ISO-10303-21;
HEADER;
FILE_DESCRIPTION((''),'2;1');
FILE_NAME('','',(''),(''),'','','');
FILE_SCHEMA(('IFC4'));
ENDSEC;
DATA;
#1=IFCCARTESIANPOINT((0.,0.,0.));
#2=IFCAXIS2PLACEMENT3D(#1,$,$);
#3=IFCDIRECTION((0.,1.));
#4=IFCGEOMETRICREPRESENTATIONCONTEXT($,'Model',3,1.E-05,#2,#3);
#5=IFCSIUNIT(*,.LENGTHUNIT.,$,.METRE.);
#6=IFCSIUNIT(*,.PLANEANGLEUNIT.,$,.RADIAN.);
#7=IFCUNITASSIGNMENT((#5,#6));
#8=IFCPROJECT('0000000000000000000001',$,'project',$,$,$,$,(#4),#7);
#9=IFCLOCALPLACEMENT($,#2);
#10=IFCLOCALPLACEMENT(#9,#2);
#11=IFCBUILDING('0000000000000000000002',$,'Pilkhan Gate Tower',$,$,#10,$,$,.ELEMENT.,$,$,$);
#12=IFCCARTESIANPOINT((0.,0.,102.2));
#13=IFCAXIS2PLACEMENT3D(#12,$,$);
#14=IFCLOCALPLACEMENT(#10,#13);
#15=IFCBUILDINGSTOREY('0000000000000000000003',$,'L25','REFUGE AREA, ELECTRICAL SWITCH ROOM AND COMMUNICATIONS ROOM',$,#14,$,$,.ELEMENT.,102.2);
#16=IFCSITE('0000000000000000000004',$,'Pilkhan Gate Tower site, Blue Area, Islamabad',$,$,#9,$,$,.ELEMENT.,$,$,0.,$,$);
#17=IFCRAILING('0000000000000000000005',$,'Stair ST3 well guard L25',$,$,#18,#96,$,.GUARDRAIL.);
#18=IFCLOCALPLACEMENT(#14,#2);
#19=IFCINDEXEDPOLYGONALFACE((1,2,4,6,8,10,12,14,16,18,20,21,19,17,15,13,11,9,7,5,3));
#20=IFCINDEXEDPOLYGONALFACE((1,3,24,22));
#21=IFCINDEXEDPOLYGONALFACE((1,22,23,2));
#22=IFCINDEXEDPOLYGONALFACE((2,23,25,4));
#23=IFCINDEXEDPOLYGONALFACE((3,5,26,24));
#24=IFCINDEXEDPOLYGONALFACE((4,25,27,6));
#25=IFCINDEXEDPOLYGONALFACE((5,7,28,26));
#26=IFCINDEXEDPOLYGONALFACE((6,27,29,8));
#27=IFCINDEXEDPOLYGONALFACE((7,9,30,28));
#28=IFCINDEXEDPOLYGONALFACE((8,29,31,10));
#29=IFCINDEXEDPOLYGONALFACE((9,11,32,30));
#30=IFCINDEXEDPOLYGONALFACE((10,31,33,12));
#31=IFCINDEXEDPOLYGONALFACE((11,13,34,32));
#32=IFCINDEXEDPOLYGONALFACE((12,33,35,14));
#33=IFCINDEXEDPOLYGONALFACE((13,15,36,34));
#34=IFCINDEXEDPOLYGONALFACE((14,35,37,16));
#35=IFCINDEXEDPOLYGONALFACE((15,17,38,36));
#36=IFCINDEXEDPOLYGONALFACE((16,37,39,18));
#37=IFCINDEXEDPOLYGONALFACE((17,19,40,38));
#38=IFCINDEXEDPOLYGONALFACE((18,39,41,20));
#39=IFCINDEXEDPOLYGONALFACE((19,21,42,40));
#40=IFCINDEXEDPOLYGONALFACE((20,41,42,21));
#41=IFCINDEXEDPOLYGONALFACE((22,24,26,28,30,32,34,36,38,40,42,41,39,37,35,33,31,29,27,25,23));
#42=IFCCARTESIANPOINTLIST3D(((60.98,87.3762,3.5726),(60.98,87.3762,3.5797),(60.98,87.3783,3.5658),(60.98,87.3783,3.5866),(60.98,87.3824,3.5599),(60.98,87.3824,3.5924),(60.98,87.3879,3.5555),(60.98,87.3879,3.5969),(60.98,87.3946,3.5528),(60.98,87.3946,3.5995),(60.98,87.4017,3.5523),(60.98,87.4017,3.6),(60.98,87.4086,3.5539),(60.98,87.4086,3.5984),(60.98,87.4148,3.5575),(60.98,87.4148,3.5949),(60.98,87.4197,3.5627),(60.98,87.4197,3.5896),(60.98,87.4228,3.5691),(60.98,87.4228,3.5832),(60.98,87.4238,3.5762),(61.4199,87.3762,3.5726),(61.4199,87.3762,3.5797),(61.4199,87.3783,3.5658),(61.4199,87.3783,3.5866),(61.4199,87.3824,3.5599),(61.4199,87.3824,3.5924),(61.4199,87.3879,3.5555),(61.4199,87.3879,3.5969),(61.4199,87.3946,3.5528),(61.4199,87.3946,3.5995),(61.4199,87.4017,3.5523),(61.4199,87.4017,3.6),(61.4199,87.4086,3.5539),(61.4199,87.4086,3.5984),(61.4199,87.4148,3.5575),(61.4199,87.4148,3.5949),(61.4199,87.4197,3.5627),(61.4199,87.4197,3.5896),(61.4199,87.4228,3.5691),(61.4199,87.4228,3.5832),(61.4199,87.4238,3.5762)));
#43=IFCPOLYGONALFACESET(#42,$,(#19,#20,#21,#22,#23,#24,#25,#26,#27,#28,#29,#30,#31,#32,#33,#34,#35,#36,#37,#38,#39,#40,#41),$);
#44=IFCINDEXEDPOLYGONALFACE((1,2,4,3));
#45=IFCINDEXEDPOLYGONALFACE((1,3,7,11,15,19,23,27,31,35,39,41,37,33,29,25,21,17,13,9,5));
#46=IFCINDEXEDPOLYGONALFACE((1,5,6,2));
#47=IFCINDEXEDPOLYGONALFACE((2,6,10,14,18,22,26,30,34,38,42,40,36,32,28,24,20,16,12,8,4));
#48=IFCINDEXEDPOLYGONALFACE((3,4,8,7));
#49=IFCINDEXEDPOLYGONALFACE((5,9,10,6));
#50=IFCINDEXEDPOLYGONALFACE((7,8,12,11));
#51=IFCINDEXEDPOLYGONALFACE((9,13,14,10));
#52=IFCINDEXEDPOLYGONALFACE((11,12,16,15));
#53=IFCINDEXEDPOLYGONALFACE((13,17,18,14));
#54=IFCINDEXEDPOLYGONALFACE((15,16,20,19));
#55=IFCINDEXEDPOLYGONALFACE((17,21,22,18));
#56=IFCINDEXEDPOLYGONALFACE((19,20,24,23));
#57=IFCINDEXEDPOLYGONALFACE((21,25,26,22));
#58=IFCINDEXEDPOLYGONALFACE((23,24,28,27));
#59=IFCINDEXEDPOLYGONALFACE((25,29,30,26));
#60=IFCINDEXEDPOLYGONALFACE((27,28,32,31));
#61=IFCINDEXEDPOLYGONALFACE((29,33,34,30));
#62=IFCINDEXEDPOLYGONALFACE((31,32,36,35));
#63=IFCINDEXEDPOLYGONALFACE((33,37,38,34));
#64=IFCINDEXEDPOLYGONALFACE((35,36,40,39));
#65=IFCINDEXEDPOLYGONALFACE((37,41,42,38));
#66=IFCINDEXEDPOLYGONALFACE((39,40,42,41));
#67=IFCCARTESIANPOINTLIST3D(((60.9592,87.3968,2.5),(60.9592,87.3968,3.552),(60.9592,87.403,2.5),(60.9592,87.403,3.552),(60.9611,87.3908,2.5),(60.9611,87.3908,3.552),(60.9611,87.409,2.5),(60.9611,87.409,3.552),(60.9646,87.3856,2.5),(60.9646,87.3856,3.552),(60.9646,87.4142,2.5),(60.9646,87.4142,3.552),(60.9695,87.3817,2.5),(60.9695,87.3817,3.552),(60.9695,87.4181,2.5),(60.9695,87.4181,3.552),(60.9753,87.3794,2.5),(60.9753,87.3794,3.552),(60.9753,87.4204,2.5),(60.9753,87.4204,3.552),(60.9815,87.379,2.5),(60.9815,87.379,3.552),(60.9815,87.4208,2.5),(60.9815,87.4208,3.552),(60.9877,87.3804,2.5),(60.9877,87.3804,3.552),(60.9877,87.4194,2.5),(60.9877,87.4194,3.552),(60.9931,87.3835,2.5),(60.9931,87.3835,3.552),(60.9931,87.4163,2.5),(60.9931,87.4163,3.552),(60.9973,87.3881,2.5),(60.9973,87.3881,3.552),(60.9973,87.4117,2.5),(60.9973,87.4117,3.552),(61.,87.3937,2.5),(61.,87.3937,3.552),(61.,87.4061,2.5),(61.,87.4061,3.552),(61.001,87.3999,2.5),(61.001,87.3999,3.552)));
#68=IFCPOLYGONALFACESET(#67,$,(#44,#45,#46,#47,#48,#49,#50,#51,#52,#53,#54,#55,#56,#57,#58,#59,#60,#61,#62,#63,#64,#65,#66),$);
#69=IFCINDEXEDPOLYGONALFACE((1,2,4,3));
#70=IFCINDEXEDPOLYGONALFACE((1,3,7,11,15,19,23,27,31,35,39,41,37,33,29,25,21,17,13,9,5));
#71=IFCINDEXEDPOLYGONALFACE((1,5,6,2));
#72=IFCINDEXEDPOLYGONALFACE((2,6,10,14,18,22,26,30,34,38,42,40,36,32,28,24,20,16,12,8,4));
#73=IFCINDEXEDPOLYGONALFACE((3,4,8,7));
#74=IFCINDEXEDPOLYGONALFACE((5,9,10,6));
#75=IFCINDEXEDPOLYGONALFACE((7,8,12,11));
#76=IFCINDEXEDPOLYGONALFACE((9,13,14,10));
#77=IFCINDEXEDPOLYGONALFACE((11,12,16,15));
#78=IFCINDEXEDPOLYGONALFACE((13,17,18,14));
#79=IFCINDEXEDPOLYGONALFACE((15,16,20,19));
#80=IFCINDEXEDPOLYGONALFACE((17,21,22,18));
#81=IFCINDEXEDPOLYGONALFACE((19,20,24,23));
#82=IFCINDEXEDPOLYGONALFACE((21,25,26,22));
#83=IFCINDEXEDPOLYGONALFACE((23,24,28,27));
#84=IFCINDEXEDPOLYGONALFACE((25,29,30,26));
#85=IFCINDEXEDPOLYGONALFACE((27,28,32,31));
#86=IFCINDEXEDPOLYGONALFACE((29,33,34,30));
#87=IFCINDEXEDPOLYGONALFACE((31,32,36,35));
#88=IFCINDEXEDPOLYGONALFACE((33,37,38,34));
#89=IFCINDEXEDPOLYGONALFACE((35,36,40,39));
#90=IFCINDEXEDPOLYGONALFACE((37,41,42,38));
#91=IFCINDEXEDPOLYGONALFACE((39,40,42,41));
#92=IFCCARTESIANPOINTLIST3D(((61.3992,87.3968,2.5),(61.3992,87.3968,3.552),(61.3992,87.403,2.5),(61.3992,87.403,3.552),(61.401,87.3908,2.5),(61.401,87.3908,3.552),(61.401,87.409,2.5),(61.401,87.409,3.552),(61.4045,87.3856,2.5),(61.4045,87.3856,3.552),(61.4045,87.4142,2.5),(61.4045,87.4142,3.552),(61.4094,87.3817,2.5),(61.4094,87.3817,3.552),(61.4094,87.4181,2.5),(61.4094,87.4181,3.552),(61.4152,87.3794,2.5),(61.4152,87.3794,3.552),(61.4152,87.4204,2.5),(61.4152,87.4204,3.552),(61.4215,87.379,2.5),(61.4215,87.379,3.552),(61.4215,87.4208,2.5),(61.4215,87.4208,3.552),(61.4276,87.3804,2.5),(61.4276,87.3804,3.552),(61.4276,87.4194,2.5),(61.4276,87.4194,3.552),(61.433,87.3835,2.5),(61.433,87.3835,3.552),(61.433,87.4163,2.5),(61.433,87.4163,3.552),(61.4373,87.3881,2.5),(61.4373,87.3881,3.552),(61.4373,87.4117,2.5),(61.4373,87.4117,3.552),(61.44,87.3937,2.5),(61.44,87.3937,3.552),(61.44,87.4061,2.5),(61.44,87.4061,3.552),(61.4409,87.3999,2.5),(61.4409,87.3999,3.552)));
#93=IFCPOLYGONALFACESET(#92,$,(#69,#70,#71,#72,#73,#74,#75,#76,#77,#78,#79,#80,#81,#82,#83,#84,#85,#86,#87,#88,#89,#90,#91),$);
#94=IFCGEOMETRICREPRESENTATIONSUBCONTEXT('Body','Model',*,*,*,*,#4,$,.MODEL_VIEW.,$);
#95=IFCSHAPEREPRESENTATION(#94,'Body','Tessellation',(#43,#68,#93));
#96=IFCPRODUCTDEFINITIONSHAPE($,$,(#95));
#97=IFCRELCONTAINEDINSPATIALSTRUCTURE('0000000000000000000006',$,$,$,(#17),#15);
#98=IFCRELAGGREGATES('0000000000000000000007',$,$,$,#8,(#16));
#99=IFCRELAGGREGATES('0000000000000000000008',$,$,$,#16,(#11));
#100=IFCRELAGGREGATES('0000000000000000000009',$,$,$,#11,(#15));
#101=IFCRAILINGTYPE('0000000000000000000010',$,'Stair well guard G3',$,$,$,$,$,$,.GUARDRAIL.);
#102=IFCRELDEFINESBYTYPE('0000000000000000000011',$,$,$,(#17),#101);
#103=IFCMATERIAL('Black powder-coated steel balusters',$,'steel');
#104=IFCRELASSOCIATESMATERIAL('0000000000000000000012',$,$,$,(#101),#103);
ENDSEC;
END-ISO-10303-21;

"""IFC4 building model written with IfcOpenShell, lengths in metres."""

from ifc_helpers import new_model, si_unit, direction, frame, origin, origin_2d, place, context, subcontext, project, spatial, circle, extrude, material, type_object, element, save


model = new_model("IFC4")

# Units and contexts
model_context = context("Model", 3, precision=1e-05, world=origin(), true_north=direction((0.0, 1.0)))
body_context = subcontext(model_context, "Body", "Model", "MODEL_VIEW")
ifc_project = project(units=[si_unit("LENGTHUNIT", "METRE"), si_unit("PLANEANGLEUNIT", "RADIAN")], contexts=[model_context])

# Site, building, storey
site_placement = place(None, origin())
site = spatial("IfcSite", under=ifc_project, at=site_placement, Name="Pilkhan Gate Tower site, Blue Area, Islamabad", CompositionType="ELEMENT", RefElevation=0.0)
building_placement = place(site_placement, origin())
building = spatial("IfcBuilding", under=site, at=building_placement, Name="Pilkhan Gate Tower", CompositionType="ELEMENT")
storey_placement = place(building_placement, frame((0.0, 0.0, 102.2)))
storey = spatial("IfcBuildingStorey", under=building, at=storey_placement, Name="L25", Description="REFUGE AREA, ELECTRICAL SWITCH ROOM AND COMMUNICATIONS ROOM", CompositionType="ELEMENT", Elevation=102.2)

# Railing
ifc_material_1 = material(Name="Black powder-coated steel balusters", Category="steel")
railing_type = type_object("IfcRailingType", Name="Stair well guard G3", PredefinedType="GUARDRAIL", material=ifc_material_1)
for number, where, name in (
    (1, (60.98, 87.3999, 2.5), "Stair ST3 well guard L25"),
):
    element("IfcRailing", number, at=place(storey_placement, frame(where)), inside=storey, type_object=railing_type, Name=name, PredefinedType="GUARDRAIL", context=body_context, shape_type="SweptSolid", body=[
        extrude(circle(Radius=0.0239, at=origin_2d()), frame((0.0, 0.0, 1.0762), z_axis=(1.0, 0.0, 0.0), x_axis=(0.0, 1.0, 0.0)), (0.0, 0.0, 1.0), 0.4399),
        extrude(circle(Radius=0.021, at=origin_2d()), origin(), (0.0, 0.0, 1.0), 1.052),
        extrude(circle(Radius=0.021, at=origin_2d()), frame((0.4399, 0.0, 0.0)), (0.0, 0.0, 1.0), 1.052),
    ])

save(model, "model.ifc")
